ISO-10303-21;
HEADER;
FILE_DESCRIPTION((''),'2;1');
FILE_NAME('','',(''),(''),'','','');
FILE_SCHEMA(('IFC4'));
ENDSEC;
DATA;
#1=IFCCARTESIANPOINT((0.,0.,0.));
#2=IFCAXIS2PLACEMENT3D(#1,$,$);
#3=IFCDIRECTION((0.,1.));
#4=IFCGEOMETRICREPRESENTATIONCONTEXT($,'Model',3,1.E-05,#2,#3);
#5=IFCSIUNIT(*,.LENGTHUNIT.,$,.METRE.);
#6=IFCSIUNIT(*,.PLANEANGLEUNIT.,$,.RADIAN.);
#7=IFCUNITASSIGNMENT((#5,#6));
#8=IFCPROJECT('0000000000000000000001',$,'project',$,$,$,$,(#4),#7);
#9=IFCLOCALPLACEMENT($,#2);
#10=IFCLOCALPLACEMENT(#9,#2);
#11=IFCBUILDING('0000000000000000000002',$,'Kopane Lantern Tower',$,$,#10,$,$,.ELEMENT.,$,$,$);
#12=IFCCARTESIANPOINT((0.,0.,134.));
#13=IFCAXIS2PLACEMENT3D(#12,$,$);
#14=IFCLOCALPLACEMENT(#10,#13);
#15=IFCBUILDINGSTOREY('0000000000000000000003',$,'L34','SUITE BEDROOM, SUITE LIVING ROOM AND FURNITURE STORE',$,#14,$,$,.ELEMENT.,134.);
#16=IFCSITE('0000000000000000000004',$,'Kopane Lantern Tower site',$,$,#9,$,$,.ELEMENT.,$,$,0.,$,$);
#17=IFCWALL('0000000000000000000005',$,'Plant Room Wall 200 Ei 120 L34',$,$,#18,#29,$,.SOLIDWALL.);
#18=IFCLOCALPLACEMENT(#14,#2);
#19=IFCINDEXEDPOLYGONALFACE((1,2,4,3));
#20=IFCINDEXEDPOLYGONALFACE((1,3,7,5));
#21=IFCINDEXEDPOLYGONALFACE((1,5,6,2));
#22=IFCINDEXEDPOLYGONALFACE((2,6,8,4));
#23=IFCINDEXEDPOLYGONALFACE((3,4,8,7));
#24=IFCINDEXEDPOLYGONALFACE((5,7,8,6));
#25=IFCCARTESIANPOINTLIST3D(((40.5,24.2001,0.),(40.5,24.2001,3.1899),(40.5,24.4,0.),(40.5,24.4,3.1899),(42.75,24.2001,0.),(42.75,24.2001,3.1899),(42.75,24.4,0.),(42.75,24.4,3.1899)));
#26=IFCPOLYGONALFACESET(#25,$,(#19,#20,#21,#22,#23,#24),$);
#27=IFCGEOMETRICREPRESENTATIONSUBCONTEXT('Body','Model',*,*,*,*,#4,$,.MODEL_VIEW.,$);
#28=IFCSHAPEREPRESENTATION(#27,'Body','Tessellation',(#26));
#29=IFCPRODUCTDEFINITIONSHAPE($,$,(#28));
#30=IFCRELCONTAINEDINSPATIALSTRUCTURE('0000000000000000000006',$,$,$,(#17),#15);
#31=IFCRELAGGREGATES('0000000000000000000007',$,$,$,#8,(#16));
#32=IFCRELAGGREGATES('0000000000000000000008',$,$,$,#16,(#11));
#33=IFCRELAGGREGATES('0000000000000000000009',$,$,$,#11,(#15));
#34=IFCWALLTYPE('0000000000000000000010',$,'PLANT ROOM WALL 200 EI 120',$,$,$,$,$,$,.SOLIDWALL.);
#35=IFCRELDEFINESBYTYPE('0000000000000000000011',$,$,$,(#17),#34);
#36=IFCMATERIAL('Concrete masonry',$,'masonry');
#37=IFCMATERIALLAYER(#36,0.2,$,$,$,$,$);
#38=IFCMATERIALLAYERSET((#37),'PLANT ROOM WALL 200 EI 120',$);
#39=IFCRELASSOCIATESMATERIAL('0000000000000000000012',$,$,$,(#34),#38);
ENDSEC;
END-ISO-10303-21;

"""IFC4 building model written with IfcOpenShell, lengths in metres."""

from ifc_helpers import new_model, si_unit, direction, frame, frame_2d, origin, place, context, subcontext, project, spatial, rectangle, extrude, material, layer, layer_set, type_object, element, save


model = new_model("IFC4")

# Units and contexts
model_context = context("Model", 3, precision=1e-05, world=origin(), true_north=direction((0.0, 1.0)))
body_context = subcontext(model_context, "Body", "Model", "MODEL_VIEW")
ifc_project = project(units=[si_unit("LENGTHUNIT", "METRE"), si_unit("PLANEANGLEUNIT", "RADIAN")], contexts=[model_context])

# Site, building, storey
site_placement = place(None, origin())
site = spatial("IfcSite", under=ifc_project, at=site_placement, Name="Kopane Lantern Tower site", CompositionType="ELEMENT", RefElevation=0.0)
building_placement = place(site_placement, origin())
building = spatial("IfcBuilding", under=site, at=building_placement, Name="Kopane Lantern Tower", CompositionType="ELEMENT")
storey_placement = place(building_placement, frame((0.0, 0.0, 134.0)))
storey = spatial("IfcBuildingStorey", under=building, at=storey_placement, Name="L34", Description="SUITE BEDROOM, SUITE LIVING ROOM AND FURNITURE STORE", CompositionType="ELEMENT", Elevation=134.0)

# Wall
ifc_material_1 = material(Name="Concrete masonry", Category="masonry")
ifc_layer_1 = layer(ifc_material_1, 0.2)
ifc_layer_set_1 = layer_set([ifc_layer_1], Name="PLANT ROOM WALL 200 EI 120")
wall_type_1 = type_object("IfcWallType", Name="PLANT ROOM WALL 200 EI 120", PredefinedType="SOLIDWALL", material=ifc_layer_set_1)
wall_1_placement = place(storey_placement, frame((40.5, 24.3, 0.0), z_axis=(0.0, 0.0, 1.0), x_axis=(1.0, 0.0, 0.0)))
element("IfcWall", 1, at=wall_1_placement, inside=storey, type_object=wall_type_1, Name="Plant Room Wall 200 Ei 120 L34", PredefinedType="SOLIDWALL", context=body_context, shape_type="SweptSolid", body=[
    extrude(rectangle(XDim=2.25, YDim=0.2, at=frame_2d((1.125, 0.0))), origin(), (0.0, 0.0, 1.0), 3.1899),
])

save(model, "model.ifc")
